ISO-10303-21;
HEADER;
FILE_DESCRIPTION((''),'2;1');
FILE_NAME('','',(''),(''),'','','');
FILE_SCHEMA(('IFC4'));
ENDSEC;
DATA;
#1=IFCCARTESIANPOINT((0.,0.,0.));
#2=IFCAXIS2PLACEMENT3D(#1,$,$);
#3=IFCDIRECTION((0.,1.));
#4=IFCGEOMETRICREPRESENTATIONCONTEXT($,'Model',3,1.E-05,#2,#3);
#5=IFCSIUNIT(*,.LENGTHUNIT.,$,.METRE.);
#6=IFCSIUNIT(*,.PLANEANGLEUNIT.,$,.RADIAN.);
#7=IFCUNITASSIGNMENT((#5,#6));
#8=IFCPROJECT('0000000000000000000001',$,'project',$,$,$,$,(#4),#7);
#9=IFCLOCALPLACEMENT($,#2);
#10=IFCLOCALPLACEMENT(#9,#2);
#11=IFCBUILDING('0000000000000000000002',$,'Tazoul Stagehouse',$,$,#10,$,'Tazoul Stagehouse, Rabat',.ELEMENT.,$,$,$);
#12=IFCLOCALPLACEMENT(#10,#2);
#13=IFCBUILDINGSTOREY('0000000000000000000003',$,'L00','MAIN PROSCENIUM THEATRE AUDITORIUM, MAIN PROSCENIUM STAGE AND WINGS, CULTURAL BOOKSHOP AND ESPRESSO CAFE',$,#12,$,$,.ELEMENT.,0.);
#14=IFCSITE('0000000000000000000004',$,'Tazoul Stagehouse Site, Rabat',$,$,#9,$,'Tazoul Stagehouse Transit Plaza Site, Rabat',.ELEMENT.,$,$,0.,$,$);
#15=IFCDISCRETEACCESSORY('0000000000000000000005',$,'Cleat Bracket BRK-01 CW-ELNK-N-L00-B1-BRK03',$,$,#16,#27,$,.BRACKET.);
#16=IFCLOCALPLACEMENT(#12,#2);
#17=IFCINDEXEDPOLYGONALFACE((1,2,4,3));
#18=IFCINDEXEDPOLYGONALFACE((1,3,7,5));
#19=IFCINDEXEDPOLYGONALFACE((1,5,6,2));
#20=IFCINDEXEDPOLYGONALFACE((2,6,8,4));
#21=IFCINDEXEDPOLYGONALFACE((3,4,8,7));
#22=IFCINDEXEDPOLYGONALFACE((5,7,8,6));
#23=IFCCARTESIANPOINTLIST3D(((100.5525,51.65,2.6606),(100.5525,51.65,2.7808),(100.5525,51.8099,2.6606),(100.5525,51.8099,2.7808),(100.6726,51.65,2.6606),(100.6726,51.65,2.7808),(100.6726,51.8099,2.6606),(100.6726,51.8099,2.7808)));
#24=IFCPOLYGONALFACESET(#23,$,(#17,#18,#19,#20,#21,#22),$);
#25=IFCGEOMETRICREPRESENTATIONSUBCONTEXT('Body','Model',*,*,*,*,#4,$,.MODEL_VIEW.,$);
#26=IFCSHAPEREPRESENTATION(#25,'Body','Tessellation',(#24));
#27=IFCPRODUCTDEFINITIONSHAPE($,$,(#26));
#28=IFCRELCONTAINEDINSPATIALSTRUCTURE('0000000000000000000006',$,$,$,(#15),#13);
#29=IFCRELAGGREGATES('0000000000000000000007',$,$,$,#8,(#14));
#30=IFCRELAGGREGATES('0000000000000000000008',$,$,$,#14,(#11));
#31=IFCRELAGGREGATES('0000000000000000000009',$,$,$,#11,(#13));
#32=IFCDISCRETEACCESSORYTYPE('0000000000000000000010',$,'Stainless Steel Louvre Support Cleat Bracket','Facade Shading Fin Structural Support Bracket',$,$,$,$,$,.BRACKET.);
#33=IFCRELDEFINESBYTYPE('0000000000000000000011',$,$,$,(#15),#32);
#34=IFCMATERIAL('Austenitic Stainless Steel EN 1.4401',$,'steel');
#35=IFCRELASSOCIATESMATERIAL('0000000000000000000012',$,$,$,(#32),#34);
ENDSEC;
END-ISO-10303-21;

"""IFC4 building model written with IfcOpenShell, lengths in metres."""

from ifc_helpers import new_model, si_unit, direction, frame, origin, origin_2d, place, context, subcontext, project, spatial, rectangle, extrude, material, type_object, element, save


model = new_model("IFC4")

# Units and contexts
model_context = context("Model", 3, precision=1e-05, world=origin(), true_north=direction((0.0, 1.0)))
body_context = subcontext(model_context, "Body", "Model", "MODEL_VIEW")
ifc_project = project(units=[si_unit("LENGTHUNIT", "METRE"), si_unit("PLANEANGLEUNIT", "RADIAN")], contexts=[model_context])

# Site, building, storey
site_placement = place(None, origin())
site = spatial("IfcSite", under=ifc_project, at=site_placement, Name="Tazoul Stagehouse Site, Rabat", LongName="Tazoul Stagehouse Transit Plaza Site, Rabat", CompositionType="ELEMENT", RefElevation=0.0)
building_placement = place(site_placement, origin())
building = spatial("IfcBuilding", under=site, at=building_placement, Name="Tazoul Stagehouse", LongName="Tazoul Stagehouse, Rabat", CompositionType="ELEMENT")
storey_placement = place(building_placement, origin())
storey = spatial("IfcBuildingStorey", under=building, at=storey_placement, Name="L00", Description="MAIN PROSCENIUM THEATRE AUDITORIUM, MAIN PROSCENIUM STAGE AND WINGS, CULTURAL BOOKSHOP AND ESPRESSO CAFE", CompositionType="ELEMENT", Elevation=0.0)

# Discrete accessory
ifc_material_1 = material(Name="Austenitic Stainless Steel EN 1.4401", Category="steel")
discrete_accessory_type = type_object("IfcDiscreteAccessoryType", Name="Stainless Steel Louvre Support Cleat Bracket", Description="Facade Shading Fin Structural Support Bracket", PredefinedType="BRACKET", material=ifc_material_1)
for number, where, z_axis, x_axis, name in (
    (1, (100.6125, 51.73, 2.6606), (0.0, 0.0, 1.0), (1.0, 0.0, 0.0), "Cleat Bracket BRK-01 CW-ELNK-N-L00-B1-BRK03"),
):
    element("IfcDiscreteAccessory", number, at=place(storey_placement, frame(where, z_axis=z_axis, x_axis=x_axis)), inside=storey, type_object=discrete_accessory_type, Name=name, PredefinedType="BRACKET", context=body_context, shape_type="SweptSolid", body=[
        extrude(rectangle(XDim=0.1201, YDim=0.1599, at=origin_2d()), origin(), (0.0, 0.0, 1.0), 0.1201),
    ])

save(model, "model.ifc")
